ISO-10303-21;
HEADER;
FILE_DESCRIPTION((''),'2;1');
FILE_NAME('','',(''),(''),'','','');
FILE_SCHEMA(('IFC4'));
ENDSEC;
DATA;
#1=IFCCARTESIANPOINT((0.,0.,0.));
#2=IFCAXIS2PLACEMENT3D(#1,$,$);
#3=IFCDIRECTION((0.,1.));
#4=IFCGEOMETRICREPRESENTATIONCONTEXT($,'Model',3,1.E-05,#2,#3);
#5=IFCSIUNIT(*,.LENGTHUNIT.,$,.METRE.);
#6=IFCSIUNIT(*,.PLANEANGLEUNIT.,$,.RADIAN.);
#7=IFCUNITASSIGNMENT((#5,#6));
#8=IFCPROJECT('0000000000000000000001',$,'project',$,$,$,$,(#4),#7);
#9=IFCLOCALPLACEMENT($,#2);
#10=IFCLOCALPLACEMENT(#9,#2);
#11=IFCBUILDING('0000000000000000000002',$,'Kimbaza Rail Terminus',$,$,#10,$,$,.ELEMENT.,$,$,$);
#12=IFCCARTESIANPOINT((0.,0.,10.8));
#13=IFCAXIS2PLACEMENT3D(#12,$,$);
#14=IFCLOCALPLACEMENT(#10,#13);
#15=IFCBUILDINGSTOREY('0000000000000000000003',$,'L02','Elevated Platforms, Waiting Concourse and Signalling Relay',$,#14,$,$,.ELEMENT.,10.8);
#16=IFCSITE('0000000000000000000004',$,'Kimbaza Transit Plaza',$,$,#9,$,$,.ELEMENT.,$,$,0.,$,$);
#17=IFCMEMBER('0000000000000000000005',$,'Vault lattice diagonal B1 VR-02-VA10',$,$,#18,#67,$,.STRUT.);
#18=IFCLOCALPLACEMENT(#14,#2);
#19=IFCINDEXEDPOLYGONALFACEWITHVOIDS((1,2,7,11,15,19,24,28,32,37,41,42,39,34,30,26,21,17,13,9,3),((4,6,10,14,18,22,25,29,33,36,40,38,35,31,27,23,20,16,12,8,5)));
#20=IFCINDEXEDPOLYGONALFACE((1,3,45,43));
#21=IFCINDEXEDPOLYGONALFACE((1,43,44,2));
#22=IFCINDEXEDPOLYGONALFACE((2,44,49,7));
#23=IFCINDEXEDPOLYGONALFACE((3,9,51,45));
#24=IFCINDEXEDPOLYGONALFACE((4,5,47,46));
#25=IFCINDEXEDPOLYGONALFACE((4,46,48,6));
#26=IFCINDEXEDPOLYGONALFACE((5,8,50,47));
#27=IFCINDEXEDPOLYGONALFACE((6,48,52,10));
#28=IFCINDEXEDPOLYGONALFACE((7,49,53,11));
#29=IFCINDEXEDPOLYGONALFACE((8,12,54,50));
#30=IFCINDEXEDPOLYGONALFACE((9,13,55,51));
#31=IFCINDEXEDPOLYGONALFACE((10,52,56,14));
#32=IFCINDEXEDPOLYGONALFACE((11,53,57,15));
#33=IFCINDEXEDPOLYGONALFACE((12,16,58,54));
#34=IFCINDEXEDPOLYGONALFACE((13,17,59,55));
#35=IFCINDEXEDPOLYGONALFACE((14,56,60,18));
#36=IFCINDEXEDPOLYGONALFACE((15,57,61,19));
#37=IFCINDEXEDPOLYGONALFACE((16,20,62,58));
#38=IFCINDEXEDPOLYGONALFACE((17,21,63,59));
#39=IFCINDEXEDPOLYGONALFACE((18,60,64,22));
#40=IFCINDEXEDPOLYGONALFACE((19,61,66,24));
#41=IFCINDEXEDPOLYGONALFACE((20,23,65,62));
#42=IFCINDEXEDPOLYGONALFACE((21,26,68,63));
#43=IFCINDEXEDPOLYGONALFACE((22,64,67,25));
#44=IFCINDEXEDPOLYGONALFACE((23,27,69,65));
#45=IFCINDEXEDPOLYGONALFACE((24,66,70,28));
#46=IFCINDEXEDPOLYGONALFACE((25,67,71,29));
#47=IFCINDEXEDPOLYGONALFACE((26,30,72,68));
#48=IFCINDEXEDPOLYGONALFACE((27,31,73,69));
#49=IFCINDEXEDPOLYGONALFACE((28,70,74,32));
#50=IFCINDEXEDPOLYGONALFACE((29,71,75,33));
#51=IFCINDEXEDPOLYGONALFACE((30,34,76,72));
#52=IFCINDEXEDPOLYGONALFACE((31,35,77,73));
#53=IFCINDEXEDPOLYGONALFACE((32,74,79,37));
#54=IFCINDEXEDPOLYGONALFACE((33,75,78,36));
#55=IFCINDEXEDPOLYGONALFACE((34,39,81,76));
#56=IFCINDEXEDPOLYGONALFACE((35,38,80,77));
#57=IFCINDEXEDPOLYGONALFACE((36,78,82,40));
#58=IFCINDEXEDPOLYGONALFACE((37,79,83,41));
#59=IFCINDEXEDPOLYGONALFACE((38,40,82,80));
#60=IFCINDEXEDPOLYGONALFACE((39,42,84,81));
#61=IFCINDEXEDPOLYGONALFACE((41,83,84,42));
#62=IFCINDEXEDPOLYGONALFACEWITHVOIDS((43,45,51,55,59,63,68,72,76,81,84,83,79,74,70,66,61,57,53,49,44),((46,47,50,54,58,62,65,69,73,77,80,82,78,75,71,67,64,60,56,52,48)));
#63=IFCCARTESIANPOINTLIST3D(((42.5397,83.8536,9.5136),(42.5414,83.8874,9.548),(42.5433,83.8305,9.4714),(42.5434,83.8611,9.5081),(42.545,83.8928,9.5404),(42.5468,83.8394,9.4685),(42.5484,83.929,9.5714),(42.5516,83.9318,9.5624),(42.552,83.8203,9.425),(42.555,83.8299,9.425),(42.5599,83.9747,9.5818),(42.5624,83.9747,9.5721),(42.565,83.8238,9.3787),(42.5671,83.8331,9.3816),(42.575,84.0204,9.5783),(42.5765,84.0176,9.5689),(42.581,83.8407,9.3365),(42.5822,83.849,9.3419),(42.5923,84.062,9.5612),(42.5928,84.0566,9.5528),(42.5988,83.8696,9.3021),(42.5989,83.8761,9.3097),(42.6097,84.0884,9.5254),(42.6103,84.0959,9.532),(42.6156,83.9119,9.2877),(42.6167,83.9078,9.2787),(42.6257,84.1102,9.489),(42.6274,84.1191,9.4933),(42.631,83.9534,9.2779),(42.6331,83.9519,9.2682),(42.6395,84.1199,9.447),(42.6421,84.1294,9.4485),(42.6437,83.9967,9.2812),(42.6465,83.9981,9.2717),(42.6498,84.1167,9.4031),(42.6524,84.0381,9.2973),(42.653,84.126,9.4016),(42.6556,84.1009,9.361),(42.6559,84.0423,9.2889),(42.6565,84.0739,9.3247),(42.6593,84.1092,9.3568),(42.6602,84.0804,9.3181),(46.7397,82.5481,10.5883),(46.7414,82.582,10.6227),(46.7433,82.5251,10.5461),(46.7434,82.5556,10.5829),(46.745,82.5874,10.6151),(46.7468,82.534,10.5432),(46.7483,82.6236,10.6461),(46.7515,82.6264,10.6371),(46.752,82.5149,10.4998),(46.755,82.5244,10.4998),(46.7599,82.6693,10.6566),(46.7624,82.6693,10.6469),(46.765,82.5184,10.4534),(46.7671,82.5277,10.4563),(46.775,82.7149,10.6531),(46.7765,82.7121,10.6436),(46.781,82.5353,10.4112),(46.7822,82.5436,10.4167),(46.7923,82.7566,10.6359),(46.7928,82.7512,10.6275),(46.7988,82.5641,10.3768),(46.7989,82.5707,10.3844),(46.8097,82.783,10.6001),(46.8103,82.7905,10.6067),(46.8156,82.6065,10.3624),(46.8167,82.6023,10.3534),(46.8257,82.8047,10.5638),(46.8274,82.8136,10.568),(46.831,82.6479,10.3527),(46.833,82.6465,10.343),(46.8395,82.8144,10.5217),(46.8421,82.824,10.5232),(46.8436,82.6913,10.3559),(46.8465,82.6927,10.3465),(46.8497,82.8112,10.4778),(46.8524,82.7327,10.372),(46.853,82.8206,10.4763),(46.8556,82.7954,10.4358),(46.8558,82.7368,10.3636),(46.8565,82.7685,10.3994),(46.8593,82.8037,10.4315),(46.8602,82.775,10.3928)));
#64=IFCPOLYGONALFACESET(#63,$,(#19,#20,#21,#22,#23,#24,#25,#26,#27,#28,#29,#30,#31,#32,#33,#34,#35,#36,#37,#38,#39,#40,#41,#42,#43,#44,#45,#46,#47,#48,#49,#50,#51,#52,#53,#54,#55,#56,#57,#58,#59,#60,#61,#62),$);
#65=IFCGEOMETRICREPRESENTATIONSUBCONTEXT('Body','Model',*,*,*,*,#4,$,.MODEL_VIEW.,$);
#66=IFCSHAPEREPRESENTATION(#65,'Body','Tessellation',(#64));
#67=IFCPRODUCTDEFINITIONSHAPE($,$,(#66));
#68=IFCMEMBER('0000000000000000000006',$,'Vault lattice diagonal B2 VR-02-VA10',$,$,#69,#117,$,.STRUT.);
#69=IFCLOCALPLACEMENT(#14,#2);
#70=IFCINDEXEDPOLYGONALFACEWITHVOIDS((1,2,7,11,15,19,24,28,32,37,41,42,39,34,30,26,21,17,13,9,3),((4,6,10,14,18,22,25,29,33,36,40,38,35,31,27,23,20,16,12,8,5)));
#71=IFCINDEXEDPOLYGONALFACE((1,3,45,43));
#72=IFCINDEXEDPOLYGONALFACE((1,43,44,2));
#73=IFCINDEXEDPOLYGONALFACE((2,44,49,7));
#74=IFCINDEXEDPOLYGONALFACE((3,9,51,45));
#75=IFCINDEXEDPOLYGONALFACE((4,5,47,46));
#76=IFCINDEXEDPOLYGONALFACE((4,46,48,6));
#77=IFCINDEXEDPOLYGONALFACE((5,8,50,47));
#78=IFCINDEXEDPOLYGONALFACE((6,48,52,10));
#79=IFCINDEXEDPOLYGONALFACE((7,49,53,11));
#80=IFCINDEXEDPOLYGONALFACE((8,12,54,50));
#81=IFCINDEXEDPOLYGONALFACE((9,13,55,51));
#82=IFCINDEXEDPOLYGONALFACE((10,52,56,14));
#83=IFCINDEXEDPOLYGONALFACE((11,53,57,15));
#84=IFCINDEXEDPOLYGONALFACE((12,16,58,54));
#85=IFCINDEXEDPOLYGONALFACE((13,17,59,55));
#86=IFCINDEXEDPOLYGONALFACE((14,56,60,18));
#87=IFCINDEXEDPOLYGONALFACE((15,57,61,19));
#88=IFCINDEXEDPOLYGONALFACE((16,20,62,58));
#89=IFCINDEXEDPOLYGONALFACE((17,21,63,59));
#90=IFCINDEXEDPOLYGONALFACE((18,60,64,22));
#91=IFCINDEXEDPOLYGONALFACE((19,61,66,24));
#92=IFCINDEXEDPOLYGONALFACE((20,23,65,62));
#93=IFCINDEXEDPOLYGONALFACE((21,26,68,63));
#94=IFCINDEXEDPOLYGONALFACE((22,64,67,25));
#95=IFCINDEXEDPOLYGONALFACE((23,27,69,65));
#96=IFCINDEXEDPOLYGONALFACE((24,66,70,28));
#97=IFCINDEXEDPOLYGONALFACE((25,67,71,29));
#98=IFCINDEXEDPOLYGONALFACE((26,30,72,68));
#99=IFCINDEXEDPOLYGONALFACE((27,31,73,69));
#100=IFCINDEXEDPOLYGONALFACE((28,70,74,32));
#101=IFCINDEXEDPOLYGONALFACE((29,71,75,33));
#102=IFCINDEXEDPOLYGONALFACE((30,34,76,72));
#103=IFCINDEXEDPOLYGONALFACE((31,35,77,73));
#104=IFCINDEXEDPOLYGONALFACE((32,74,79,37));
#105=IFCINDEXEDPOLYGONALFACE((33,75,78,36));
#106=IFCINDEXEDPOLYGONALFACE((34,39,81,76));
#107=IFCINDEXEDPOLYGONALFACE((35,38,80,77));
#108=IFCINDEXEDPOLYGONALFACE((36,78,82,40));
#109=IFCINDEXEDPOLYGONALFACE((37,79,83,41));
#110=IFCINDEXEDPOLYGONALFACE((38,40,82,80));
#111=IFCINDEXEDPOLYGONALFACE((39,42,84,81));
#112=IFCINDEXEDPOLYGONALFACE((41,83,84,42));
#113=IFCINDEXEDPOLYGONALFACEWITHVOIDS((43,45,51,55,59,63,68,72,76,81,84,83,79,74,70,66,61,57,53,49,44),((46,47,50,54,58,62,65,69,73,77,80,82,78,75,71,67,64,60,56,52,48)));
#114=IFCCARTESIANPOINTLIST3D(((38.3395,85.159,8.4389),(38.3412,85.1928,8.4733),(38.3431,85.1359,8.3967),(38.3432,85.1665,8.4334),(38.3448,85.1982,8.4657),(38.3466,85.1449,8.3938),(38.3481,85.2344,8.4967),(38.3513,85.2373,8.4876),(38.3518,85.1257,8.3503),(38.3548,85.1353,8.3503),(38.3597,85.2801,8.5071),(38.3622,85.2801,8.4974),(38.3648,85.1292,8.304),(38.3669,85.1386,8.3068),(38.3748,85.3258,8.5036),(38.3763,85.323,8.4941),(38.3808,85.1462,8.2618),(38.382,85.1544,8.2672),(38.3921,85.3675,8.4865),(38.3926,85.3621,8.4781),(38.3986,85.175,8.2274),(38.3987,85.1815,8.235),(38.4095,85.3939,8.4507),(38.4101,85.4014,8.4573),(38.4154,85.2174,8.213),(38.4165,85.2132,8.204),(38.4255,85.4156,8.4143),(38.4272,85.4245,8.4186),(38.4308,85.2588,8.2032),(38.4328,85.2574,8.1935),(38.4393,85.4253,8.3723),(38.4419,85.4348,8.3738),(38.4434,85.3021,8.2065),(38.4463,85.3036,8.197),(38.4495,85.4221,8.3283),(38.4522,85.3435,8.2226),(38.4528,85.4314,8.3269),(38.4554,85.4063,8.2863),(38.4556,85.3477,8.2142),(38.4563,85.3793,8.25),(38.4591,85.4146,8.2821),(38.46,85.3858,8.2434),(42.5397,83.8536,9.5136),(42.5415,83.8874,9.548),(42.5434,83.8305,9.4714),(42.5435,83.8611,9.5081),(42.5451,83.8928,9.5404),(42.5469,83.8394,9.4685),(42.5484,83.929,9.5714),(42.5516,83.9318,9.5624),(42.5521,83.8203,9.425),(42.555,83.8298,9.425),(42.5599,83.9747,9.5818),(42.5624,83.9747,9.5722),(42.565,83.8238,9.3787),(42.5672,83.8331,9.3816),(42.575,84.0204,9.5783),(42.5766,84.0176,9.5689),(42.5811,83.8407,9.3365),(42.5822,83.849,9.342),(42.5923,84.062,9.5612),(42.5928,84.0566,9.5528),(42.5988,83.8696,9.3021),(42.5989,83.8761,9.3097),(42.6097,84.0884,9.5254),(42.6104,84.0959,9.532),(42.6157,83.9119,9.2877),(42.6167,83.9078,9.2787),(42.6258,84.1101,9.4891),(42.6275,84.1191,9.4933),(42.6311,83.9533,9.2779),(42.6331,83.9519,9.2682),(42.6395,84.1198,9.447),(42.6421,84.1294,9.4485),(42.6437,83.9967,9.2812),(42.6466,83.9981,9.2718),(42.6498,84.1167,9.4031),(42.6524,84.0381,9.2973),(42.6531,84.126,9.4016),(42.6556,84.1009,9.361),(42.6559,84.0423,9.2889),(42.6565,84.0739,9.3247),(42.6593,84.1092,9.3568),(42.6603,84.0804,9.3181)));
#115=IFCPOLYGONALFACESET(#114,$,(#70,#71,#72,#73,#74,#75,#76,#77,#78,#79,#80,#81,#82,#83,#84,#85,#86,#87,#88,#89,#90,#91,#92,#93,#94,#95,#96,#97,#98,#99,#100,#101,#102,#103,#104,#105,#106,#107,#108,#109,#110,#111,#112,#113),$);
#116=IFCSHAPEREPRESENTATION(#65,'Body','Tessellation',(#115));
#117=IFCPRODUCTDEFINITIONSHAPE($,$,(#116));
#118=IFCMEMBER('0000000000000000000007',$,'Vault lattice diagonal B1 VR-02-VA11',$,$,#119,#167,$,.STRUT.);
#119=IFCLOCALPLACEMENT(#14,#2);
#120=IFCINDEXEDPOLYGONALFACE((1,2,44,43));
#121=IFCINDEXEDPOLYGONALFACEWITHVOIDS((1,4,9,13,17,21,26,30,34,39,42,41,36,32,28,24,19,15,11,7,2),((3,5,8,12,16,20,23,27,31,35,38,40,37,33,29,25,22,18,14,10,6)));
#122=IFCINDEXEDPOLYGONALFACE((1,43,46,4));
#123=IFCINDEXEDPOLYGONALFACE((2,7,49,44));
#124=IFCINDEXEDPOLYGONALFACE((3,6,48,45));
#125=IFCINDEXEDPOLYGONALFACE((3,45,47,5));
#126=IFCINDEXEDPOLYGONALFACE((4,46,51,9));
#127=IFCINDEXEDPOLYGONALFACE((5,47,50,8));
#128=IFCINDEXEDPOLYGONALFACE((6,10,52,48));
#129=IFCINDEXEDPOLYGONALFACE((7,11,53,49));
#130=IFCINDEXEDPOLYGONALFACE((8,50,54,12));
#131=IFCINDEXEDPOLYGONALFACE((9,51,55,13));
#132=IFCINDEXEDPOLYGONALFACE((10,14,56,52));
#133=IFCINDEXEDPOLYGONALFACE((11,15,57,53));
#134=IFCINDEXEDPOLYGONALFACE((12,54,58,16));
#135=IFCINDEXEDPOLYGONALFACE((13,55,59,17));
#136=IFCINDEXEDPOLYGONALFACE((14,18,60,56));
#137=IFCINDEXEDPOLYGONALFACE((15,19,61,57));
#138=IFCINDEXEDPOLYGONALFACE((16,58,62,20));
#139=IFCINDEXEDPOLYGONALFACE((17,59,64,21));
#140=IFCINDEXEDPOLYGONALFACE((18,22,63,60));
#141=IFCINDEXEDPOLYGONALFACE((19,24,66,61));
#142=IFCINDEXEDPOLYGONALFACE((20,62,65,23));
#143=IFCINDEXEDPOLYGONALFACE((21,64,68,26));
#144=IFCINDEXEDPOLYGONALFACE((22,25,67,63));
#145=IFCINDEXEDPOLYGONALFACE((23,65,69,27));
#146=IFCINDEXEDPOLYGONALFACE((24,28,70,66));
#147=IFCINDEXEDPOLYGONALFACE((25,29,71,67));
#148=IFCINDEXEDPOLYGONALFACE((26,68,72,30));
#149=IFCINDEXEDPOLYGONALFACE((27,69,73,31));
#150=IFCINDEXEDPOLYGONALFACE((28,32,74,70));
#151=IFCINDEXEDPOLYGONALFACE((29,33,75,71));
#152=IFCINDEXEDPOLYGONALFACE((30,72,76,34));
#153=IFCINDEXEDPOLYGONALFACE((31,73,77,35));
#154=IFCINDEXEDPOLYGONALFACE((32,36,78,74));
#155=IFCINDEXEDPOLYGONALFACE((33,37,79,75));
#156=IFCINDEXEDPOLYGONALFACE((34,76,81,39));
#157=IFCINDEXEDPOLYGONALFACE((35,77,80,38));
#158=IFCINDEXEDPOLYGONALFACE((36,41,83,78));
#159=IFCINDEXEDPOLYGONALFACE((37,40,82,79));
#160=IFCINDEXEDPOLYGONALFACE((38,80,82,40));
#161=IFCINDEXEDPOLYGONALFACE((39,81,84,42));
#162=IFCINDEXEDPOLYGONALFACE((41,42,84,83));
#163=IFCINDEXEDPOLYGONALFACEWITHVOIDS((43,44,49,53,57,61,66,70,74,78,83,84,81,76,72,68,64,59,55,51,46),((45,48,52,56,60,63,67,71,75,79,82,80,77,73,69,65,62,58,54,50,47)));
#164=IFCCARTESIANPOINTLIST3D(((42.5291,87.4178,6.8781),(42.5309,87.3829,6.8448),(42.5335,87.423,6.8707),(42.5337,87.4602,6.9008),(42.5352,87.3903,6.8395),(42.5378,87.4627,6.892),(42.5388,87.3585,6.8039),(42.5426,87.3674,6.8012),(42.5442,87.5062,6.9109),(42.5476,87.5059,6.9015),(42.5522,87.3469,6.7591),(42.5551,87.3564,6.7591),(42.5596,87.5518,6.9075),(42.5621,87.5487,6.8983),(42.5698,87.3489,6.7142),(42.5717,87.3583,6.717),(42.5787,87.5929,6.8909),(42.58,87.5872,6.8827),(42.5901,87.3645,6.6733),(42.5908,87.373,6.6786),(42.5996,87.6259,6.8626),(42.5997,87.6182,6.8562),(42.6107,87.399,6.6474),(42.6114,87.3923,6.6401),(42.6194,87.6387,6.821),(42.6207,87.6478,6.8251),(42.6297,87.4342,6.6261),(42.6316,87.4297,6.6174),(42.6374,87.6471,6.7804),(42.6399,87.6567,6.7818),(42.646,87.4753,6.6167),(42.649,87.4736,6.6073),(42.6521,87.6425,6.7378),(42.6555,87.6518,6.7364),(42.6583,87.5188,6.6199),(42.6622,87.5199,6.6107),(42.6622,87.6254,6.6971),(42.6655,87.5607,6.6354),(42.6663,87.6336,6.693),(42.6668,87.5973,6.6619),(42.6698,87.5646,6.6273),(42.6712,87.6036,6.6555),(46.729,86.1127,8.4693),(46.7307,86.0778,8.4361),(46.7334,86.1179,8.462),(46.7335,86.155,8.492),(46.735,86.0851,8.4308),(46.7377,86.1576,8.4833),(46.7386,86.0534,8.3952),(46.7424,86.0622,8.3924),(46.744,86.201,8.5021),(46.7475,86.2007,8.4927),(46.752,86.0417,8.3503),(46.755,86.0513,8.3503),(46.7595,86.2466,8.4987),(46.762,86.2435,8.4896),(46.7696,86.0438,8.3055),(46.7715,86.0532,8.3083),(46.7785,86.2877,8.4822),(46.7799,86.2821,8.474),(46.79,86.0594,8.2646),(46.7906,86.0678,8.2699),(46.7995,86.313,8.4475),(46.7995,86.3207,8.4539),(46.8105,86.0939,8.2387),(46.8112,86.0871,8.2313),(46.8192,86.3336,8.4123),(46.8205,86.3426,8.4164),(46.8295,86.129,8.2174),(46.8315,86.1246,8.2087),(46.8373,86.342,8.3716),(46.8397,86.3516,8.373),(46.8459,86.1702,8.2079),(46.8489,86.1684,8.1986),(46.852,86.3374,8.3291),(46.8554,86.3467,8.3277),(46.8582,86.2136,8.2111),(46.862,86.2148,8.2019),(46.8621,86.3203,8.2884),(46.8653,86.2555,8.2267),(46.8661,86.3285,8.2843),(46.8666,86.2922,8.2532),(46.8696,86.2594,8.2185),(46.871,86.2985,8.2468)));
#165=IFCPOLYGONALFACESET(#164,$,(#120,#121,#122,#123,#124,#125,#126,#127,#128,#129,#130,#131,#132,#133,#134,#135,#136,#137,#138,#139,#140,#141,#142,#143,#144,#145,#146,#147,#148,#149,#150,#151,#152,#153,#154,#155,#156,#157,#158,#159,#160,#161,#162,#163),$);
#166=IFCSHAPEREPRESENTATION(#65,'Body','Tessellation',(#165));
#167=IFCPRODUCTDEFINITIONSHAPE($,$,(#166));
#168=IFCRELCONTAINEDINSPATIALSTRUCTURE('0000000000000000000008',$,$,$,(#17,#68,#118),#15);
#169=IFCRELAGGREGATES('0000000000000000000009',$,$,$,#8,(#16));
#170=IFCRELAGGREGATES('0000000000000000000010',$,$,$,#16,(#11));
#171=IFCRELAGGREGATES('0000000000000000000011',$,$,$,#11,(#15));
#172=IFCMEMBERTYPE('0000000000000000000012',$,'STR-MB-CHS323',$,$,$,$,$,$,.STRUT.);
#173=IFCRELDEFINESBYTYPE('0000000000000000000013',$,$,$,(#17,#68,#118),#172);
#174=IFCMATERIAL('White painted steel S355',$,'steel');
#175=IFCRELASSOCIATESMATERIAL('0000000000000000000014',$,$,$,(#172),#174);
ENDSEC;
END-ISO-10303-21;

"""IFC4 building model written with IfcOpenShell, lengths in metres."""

from ifc_helpers import new_model, si_unit, direction, frame, origin, origin_2d, place, context, subcontext, project, spatial, hollow_circle, extrude, material, material_profile, profile_set, type_object, element, save


model = new_model("IFC4")

# Units and contexts
model_context = context("Model", 3, precision=1e-05, world=origin(), true_north=direction((0.0, 1.0)))
body_context = subcontext(model_context, "Body", "Model", "MODEL_VIEW")
ifc_project = project(units=[si_unit("LENGTHUNIT", "METRE"), si_unit("PLANEANGLEUNIT", "RADIAN")], contexts=[model_context])

# Site, building, storey
site_placement = place(None, origin())
site = spatial("IfcSite", under=ifc_project, at=site_placement, Name="Kimbaza Transit Plaza", CompositionType="ELEMENT", RefElevation=0.0)
building_placement = place(site_placement, origin())
building = spatial("IfcBuilding", under=site, at=building_placement, Name="Kimbaza Rail Terminus", CompositionType="ELEMENT")
storey_placement = place(building_placement, frame((0.0, 0.0, 10.8)))
storey = spatial("IfcBuildingStorey", under=building, at=storey_placement, Name="L02", Description="Elevated Platforms, Waiting Concourse and Signalling Relay", CompositionType="ELEMENT", Elevation=10.8)

# Members
ifc_material_1 = material(Name="White painted steel S355", Category="steel")
ifc_material_profile_1 = material_profile(ifc_material_1, hollow_circle(Radius=0.1619, WallThickness=0.01, at=origin_2d()), Name="CHS 323.9x10")
ifc_profile_set_1 = profile_set([ifc_material_profile_1], Name="White painted steel S355")
member_type_1 = type_object("IfcMemberType", Name="STR-MB-CHS323", PredefinedType="STRUT", material=ifc_profile_set_1)
member_1_placement = place(storey_placement, frame((46.8, 82.6694, 10.4998), z_axis=(-0.927643, 0.288328, -0.237371), x_axis=(-0.296811, -0.954936, 0.0)))
element("IfcMember", 1, at=member_1_placement, inside=storey, type_object=member_type_1, Name="Vault lattice diagonal B1 VR-02-VA10", PredefinedType="STRUT", context=body_context, shape_type="SweptSolid", body=[
    extrude(hollow_circle(Radius=0.1619, WallThickness=0.01, at=origin_2d()), origin(), (0.0, 0.0, 1.0), 4.5276),
])
member_2_placement = place(storey_placement, frame((42.6001, 83.9749, 9.425), z_axis=(-0.927651, 0.288314, -0.237359), x_axis=(-0.296796, -0.954941, 0.0)))
element("IfcMember", 2, at=member_2_placement, inside=storey, type_object=member_type_1, Name="Vault lattice diagonal B2 VR-02-VA10", PredefinedType="STRUT", context=body_context, shape_type="SweptSolid", body=[
    extrude(hollow_circle(Radius=0.1619, WallThickness=0.01, at=origin_2d()), origin(), (0.0, 0.0, 1.0), 4.5278),
])
member_3_placement = place(storey_placement, frame((46.8, 86.1963, 8.3503), z_axis=(-0.89798, 0.279056, -0.340233), x_axis=(-0.296761, -0.954952, 0.0)))
element("IfcMember", 3, at=member_3_placement, inside=storey, type_object=member_type_1, Name="Vault lattice diagonal B1 VR-02-VA11", PredefinedType="STRUT", context=body_context, shape_type="SweptSolid", body=[
    extrude(hollow_circle(Radius=0.1619, WallThickness=0.01, at=origin_2d()), origin(), (0.0, 0.0, 1.0), 4.677),
])

save(model, "model.ifc")
